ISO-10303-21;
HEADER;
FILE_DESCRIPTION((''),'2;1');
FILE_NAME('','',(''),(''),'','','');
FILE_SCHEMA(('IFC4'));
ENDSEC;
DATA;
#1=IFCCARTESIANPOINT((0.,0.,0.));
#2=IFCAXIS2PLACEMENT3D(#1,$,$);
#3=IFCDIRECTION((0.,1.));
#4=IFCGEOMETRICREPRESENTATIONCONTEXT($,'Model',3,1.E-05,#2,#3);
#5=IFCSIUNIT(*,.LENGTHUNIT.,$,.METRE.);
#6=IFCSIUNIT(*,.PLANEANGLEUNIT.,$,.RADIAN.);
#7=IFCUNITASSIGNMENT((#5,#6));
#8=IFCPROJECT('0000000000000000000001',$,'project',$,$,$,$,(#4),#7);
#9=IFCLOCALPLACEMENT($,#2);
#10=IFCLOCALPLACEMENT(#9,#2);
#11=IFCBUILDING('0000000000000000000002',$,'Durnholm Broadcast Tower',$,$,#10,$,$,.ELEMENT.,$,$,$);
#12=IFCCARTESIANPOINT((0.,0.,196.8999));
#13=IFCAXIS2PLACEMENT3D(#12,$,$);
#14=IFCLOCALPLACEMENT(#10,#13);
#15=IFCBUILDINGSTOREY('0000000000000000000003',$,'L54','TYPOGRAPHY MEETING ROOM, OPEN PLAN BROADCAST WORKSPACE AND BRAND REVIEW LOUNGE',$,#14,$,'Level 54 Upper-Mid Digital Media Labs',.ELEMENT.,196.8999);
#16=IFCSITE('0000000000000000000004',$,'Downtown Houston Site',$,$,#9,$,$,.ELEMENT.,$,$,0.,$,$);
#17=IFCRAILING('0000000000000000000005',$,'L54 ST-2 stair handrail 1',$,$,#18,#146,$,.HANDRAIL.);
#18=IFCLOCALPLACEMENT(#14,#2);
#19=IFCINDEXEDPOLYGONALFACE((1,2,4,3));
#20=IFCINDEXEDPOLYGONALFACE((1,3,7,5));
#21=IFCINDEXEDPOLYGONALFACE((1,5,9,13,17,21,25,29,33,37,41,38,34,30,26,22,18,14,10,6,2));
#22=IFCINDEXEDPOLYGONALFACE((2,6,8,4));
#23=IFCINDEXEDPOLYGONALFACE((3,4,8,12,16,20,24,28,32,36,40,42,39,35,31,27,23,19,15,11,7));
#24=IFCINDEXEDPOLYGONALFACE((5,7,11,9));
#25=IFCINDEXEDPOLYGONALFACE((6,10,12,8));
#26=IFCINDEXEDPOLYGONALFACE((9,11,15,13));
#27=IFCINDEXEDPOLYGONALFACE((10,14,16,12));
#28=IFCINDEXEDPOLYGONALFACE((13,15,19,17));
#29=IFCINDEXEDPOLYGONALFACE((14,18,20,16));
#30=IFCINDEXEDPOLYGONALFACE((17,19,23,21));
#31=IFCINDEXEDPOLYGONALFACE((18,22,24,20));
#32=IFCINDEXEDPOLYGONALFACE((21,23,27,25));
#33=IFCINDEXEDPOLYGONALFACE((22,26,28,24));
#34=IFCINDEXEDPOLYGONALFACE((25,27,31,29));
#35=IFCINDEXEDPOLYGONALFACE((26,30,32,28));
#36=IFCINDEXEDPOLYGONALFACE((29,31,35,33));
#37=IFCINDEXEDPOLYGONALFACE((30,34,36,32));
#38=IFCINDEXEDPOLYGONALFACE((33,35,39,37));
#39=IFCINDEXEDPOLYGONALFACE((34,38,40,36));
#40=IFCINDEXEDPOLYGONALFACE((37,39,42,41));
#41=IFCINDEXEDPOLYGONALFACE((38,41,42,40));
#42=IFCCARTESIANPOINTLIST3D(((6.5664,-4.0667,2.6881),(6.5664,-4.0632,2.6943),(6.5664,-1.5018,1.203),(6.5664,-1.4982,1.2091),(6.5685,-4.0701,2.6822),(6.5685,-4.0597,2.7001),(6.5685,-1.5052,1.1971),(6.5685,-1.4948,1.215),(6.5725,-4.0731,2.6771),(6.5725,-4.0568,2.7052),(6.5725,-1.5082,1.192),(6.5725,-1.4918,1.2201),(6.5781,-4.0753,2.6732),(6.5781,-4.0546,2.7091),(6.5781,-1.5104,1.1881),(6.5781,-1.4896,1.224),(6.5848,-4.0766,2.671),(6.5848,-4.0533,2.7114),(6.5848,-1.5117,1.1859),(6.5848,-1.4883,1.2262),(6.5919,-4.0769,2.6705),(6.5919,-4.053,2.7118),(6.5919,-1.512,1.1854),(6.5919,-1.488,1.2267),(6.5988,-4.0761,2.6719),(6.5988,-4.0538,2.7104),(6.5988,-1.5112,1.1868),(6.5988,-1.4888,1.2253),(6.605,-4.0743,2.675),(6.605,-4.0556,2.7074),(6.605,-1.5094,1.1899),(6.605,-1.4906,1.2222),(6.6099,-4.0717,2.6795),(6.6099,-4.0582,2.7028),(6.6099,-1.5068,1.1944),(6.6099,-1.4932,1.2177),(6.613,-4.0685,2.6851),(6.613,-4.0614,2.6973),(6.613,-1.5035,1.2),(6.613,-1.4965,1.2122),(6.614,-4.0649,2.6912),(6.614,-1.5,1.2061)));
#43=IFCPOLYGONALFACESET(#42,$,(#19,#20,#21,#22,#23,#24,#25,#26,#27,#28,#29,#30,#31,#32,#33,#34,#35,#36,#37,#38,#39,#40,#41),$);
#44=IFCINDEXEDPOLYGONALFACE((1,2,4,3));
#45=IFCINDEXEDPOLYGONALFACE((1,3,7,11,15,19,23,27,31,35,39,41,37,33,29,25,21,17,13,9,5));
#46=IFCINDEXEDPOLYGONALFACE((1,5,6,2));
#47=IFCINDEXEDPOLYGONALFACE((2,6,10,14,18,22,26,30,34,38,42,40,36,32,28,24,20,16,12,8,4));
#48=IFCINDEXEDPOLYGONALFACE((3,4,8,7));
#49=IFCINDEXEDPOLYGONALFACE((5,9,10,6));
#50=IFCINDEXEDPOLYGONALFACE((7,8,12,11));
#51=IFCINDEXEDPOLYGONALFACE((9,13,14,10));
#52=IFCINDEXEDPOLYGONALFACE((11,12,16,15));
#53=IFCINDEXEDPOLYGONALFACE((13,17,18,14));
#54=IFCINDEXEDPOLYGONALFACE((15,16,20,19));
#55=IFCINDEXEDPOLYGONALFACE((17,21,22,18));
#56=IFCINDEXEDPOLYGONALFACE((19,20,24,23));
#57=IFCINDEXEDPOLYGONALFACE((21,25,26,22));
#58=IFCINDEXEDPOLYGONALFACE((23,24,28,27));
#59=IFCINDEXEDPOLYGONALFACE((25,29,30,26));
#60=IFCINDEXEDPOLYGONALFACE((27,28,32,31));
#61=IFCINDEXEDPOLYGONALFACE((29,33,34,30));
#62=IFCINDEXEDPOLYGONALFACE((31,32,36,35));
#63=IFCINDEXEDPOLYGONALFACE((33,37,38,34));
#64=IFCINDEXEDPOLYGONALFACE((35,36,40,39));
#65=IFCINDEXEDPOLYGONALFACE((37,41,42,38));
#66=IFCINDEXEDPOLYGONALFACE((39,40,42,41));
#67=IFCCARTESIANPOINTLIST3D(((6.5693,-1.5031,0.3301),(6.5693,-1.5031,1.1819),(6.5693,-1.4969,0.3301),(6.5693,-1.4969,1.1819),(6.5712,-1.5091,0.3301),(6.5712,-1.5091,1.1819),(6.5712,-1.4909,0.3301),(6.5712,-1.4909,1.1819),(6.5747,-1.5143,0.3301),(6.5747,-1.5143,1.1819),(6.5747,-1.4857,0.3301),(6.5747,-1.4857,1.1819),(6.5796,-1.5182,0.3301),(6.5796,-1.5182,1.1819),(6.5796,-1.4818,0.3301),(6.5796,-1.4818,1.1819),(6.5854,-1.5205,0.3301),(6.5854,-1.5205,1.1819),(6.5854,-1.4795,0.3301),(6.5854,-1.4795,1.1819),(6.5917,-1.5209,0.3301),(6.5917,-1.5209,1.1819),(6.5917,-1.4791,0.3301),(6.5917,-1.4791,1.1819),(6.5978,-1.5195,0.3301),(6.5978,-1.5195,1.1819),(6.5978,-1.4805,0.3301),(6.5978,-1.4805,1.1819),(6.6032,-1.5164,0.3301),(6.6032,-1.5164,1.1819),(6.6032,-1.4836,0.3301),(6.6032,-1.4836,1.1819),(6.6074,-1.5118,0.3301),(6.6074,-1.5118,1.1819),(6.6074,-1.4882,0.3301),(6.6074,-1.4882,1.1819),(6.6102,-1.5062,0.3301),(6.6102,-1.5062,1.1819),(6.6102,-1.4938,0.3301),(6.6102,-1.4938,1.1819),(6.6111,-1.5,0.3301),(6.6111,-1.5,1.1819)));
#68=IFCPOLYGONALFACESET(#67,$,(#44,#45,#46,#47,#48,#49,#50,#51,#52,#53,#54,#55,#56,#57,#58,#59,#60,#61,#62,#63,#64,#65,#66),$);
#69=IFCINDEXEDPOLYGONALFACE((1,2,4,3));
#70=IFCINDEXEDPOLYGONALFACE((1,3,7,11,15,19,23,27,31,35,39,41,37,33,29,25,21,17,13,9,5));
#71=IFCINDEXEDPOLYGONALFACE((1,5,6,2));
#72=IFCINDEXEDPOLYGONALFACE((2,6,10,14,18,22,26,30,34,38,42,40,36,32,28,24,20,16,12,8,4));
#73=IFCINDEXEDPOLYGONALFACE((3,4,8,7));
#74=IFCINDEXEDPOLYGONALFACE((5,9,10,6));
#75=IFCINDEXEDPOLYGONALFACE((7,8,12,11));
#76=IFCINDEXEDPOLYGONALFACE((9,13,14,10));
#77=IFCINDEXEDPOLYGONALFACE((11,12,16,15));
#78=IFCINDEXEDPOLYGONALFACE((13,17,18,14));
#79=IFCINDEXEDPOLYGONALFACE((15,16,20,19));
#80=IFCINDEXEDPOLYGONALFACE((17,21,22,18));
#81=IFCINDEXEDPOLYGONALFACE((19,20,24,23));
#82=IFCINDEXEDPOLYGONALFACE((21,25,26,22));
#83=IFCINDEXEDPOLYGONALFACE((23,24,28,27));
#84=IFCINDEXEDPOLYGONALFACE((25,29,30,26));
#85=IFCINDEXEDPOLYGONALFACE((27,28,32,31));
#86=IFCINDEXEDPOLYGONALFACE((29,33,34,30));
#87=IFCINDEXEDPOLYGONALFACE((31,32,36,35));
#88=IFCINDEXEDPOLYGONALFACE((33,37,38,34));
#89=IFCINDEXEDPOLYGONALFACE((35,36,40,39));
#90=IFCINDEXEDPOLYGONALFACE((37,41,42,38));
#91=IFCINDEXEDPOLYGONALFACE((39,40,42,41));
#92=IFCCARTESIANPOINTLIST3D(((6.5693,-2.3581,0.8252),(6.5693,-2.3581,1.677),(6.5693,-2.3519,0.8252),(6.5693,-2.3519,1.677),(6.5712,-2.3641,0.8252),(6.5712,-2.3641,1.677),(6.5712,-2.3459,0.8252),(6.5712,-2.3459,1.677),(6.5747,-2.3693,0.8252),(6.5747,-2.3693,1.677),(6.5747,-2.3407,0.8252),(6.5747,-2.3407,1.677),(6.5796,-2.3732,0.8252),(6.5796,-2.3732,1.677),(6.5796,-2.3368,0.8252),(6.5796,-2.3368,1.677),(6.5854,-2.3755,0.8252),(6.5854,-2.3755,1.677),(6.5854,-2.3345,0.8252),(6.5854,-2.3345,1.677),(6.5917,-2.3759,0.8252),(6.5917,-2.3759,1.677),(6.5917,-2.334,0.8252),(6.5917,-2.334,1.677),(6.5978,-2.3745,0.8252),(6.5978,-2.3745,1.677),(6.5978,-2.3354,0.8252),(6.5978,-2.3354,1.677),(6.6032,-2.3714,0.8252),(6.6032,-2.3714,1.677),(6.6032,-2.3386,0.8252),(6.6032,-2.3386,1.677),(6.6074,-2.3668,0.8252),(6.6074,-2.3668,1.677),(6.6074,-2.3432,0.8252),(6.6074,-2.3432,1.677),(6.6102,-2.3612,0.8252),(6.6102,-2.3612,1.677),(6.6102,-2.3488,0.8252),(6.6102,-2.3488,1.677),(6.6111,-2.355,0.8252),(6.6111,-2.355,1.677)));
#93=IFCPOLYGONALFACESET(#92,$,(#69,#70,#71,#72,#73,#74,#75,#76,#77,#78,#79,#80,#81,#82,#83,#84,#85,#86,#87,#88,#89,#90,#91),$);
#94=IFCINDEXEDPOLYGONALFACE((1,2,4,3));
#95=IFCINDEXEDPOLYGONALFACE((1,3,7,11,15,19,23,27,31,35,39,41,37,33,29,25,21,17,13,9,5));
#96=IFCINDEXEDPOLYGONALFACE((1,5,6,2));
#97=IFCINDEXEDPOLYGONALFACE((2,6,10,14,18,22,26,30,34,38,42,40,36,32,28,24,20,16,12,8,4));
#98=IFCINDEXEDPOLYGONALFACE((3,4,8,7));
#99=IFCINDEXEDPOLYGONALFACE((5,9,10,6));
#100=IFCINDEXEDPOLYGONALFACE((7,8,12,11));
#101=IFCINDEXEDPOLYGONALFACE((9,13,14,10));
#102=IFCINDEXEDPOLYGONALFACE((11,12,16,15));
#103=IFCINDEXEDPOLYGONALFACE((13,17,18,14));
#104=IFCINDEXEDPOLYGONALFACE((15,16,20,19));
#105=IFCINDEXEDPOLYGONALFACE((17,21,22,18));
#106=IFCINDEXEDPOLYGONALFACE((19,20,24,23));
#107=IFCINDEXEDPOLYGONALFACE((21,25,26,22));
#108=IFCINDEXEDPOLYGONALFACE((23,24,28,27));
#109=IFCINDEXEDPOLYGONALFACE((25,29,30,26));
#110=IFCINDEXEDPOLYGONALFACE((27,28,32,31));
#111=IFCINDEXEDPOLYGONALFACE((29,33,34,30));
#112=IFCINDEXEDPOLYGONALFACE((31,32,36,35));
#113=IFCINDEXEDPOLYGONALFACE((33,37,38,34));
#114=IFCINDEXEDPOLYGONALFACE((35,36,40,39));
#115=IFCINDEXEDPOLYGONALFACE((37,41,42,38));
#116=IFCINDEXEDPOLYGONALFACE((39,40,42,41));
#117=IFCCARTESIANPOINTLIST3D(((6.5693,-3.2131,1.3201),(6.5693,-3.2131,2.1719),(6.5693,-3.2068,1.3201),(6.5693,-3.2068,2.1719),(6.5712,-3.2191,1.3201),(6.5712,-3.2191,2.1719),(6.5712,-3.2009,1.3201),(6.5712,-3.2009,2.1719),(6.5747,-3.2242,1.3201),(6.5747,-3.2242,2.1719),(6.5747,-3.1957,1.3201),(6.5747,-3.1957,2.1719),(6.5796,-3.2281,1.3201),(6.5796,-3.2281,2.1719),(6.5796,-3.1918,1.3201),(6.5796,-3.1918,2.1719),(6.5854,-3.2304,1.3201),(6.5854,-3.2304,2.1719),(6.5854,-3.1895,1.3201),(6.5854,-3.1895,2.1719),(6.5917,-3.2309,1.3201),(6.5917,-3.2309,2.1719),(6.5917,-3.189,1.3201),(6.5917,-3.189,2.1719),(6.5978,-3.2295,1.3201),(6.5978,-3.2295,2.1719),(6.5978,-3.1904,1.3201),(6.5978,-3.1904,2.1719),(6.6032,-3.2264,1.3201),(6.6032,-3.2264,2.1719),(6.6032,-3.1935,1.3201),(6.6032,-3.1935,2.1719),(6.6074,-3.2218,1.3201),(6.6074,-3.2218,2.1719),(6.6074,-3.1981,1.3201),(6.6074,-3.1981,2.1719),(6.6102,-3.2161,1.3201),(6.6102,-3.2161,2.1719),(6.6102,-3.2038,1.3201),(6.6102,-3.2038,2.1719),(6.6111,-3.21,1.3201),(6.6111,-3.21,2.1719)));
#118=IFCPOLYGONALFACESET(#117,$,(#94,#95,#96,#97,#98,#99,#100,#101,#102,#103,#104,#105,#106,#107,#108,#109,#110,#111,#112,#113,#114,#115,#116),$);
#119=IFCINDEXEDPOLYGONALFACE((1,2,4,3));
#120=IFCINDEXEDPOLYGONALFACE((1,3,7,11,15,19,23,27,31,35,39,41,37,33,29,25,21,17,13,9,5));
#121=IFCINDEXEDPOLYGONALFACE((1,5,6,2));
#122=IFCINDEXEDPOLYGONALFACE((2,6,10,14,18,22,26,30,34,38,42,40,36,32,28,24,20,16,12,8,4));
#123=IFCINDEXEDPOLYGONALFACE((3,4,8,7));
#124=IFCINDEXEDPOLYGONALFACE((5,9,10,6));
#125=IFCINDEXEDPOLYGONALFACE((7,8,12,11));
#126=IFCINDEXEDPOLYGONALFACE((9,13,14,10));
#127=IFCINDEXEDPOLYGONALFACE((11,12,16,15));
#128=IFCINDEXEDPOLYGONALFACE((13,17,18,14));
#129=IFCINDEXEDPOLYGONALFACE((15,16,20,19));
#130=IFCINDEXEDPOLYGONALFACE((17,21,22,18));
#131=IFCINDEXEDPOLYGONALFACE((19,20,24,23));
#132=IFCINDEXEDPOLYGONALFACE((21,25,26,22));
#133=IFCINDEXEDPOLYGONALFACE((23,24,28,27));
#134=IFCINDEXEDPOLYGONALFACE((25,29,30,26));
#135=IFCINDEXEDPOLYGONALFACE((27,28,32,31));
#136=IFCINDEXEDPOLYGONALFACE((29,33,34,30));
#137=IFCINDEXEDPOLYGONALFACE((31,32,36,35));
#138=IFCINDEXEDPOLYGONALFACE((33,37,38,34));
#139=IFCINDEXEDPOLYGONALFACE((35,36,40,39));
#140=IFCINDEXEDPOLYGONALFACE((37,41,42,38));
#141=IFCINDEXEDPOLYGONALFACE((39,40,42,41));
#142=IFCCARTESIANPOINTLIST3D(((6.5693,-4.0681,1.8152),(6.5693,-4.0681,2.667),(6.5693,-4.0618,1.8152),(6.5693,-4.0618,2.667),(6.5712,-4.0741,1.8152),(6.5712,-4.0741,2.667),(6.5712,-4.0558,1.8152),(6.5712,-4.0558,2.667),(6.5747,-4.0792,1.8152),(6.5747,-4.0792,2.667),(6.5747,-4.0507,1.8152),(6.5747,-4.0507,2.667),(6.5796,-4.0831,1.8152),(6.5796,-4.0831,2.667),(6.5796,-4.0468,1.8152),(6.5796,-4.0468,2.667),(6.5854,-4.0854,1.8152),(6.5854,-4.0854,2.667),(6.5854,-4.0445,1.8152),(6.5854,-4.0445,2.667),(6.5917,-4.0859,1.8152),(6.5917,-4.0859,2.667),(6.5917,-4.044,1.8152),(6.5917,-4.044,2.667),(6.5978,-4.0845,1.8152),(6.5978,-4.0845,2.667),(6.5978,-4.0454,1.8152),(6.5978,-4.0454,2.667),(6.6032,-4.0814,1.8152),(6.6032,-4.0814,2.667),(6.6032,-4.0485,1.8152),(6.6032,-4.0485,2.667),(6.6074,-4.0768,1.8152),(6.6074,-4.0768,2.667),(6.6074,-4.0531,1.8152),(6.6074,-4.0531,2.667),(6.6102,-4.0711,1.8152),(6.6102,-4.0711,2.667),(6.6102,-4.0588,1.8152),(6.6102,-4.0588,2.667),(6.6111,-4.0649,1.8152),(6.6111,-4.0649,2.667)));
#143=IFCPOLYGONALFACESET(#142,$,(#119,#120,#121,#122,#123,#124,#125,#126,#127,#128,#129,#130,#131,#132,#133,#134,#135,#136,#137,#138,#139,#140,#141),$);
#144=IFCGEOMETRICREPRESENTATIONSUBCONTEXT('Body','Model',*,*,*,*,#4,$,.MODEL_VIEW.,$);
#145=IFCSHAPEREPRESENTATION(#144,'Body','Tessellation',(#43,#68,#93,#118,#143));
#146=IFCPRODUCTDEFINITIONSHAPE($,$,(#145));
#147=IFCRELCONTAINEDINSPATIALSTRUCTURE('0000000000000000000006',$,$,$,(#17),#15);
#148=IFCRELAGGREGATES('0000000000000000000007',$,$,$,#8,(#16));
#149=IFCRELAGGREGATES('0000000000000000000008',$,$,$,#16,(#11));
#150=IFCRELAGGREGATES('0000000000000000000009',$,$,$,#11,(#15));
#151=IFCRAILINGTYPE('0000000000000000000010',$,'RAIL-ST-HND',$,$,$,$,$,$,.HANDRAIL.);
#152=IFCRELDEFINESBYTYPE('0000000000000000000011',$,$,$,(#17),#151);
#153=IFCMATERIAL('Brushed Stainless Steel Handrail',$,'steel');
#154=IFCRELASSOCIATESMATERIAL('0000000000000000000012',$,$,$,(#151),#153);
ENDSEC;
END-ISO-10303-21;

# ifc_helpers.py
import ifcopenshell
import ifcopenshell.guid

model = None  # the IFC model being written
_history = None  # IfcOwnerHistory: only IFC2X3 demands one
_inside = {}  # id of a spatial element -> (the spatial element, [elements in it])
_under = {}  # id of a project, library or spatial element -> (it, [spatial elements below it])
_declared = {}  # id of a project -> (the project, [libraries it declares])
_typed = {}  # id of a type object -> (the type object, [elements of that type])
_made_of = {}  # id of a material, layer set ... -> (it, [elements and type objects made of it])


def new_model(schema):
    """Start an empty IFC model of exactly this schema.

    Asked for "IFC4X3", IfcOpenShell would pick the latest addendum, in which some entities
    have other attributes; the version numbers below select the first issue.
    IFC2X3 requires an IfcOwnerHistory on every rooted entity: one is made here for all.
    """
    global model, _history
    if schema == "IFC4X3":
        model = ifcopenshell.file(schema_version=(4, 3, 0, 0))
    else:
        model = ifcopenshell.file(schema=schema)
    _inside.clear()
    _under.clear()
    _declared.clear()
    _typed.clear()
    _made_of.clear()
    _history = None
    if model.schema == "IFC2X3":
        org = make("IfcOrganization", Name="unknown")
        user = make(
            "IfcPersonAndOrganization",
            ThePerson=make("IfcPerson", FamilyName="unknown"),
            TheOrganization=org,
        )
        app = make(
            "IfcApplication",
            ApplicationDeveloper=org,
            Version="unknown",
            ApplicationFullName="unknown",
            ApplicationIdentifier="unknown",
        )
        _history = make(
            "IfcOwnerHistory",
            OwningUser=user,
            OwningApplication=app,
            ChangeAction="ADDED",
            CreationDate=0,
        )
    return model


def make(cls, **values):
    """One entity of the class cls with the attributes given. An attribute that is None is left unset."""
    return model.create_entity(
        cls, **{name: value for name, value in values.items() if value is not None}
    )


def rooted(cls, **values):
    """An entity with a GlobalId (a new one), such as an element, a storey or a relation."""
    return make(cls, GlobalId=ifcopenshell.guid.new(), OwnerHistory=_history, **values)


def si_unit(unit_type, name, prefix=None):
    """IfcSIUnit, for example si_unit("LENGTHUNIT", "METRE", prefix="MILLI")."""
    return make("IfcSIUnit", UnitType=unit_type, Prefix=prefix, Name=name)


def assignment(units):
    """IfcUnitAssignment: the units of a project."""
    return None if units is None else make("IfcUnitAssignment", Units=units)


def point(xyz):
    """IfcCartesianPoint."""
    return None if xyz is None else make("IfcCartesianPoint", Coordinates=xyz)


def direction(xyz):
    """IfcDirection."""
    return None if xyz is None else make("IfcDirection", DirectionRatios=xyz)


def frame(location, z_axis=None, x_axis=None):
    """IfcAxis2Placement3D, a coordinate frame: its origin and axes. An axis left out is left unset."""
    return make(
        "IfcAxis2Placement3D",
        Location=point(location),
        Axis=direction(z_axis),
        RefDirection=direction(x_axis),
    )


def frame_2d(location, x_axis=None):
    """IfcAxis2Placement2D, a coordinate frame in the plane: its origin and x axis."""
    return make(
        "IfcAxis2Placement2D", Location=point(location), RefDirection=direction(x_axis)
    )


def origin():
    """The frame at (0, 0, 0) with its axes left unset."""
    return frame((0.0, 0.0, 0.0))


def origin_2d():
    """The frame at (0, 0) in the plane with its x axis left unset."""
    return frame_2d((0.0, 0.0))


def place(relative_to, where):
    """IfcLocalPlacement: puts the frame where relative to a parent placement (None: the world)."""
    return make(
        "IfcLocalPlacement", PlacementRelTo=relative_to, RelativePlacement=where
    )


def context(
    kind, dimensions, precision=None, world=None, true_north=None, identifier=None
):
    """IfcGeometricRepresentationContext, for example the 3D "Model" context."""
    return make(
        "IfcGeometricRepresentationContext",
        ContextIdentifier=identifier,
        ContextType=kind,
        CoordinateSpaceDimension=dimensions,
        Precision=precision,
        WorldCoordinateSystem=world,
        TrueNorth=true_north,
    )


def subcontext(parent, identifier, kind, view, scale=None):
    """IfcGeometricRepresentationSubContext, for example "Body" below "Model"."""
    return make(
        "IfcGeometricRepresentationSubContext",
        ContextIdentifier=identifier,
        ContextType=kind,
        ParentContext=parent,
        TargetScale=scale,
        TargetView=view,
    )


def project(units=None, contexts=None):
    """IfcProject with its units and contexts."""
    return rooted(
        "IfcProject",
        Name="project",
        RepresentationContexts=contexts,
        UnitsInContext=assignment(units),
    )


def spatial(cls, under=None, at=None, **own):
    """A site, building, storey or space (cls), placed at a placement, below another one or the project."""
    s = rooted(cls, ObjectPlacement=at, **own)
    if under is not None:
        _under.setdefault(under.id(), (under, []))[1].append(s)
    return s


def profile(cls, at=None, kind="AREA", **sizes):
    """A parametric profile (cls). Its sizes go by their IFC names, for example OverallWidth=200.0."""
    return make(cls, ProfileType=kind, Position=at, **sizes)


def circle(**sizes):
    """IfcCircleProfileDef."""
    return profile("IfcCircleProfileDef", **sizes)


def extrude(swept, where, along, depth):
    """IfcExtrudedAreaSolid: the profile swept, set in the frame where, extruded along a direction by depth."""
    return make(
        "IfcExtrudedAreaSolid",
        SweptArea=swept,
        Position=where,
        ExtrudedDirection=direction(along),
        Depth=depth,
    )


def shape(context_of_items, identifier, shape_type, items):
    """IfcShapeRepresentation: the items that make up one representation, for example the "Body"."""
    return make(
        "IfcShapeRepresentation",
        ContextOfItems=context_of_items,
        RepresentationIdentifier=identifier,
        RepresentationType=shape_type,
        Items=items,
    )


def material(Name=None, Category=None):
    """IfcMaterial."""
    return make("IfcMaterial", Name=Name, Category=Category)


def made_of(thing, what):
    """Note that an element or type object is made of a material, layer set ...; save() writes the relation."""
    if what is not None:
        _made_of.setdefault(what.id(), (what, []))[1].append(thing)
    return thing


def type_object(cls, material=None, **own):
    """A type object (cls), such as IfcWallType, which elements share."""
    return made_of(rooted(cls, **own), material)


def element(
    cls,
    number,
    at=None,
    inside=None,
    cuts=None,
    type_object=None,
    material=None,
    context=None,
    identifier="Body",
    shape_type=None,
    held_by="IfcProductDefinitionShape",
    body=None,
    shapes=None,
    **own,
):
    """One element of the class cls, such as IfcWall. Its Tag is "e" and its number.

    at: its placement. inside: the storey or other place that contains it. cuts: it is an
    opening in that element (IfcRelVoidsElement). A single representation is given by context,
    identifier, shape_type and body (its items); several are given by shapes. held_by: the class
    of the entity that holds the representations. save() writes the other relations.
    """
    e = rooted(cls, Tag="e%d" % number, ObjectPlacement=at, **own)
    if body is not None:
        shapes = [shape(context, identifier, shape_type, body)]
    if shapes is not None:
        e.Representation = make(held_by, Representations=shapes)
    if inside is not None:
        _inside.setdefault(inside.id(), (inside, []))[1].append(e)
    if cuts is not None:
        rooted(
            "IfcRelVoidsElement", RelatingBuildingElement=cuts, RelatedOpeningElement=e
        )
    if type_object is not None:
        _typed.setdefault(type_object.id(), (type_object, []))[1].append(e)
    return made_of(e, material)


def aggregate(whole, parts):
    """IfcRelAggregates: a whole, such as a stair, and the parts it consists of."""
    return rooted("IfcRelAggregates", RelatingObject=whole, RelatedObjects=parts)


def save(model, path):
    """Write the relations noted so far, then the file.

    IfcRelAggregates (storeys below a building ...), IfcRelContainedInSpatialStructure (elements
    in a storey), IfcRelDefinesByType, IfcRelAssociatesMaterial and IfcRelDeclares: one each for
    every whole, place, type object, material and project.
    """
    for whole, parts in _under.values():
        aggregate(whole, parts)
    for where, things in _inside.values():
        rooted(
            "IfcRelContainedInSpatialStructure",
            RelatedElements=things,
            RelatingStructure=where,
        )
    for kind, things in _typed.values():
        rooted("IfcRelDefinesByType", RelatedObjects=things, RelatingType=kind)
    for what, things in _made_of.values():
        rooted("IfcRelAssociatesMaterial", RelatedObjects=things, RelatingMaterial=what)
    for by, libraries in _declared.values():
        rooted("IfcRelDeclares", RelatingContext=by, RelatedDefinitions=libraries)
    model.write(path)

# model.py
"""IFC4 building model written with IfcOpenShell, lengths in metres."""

from ifc_helpers import new_model, si_unit, direction, frame, origin, origin_2d, place, context, subcontext, project, spatial, circle, extrude, material, type_object, element, save


model = new_model("IFC4")

# Units and contexts
model_context = context("Model", 3, precision=1e-05, world=origin(), true_north=direction((0.0, 1.0)))
body_context = subcontext(model_context, "Body", "Model", "MODEL_VIEW")
ifc_project = project(units=[si_unit("LENGTHUNIT", "METRE"), si_unit("PLANEANGLEUNIT", "RADIAN")], contexts=[model_context])

# Site, building, storey
site_placement = place(None, origin())
site = spatial("IfcSite", under=ifc_project, at=site_placement, Name="Downtown Houston Site", CompositionType="ELEMENT", RefElevation=0.0)
building_placement = place(site_placement, origin())
building = spatial("IfcBuilding", under=site, at=building_placement, Name="Durnholm Broadcast Tower", CompositionType="ELEMENT")
storey_placement = place(building_placement, frame((0.0, 0.0, 196.8999)))
storey = spatial("IfcBuildingStorey", under=building, at=storey_placement, Name="L54", Description="TYPOGRAPHY MEETING ROOM, OPEN PLAN BROADCAST WORKSPACE AND BRAND REVIEW LOUNGE", LongName="Level 54 Upper-Mid Digital Media Labs", CompositionType="ELEMENT", Elevation=196.8999)

# Railing
ifc_material_1 = material(Name="Brushed Stainless Steel Handrail", Category="steel")
railing_type_1 = type_object("IfcRailingType", Name="RAIL-ST-HND", PredefinedType="HANDRAIL", material=ifc_material_1)
railing_1_placement = place(storey_placement, frame((6.5901, -1.5, 0.3301)))
element("IfcRailing", 1, at=railing_1_placement, inside=storey, type_object=railing_type_1, Name="L54 ST-2 stair handrail 1", PredefinedType="HANDRAIL", context=body_context, shape_type="SweptSolid", body=[
    extrude(circle(Radius=0.0239, at=origin_2d()), frame((0.0, 0.0, 0.876), z_axis=(0.0, -0.865406, 0.501072), x_axis=(1.0, 0.0, 0.0)), (0.0, 0.0, 1.0), 2.9639),
    extrude(circle(Radius=0.021, at=origin_2d()), origin(), (0.0, 0.0, 1.0), 0.8518),
    extrude(circle(Radius=0.021, at=origin_2d()), frame((0.0, -0.855, 0.4951)), (0.0, 0.0, 1.0), 0.8518),
    extrude(circle(Radius=0.021, at=origin_2d()), frame((0.0, -1.71, 0.99)), (0.0, 0.0, 1.0), 0.8518),
    extrude(circle(Radius=0.021, at=origin_2d()), frame((0.0, -2.5649, 1.4851)), (0.0, 0.0, 1.0), 0.8518),
])

save(model, "model.ifc")
